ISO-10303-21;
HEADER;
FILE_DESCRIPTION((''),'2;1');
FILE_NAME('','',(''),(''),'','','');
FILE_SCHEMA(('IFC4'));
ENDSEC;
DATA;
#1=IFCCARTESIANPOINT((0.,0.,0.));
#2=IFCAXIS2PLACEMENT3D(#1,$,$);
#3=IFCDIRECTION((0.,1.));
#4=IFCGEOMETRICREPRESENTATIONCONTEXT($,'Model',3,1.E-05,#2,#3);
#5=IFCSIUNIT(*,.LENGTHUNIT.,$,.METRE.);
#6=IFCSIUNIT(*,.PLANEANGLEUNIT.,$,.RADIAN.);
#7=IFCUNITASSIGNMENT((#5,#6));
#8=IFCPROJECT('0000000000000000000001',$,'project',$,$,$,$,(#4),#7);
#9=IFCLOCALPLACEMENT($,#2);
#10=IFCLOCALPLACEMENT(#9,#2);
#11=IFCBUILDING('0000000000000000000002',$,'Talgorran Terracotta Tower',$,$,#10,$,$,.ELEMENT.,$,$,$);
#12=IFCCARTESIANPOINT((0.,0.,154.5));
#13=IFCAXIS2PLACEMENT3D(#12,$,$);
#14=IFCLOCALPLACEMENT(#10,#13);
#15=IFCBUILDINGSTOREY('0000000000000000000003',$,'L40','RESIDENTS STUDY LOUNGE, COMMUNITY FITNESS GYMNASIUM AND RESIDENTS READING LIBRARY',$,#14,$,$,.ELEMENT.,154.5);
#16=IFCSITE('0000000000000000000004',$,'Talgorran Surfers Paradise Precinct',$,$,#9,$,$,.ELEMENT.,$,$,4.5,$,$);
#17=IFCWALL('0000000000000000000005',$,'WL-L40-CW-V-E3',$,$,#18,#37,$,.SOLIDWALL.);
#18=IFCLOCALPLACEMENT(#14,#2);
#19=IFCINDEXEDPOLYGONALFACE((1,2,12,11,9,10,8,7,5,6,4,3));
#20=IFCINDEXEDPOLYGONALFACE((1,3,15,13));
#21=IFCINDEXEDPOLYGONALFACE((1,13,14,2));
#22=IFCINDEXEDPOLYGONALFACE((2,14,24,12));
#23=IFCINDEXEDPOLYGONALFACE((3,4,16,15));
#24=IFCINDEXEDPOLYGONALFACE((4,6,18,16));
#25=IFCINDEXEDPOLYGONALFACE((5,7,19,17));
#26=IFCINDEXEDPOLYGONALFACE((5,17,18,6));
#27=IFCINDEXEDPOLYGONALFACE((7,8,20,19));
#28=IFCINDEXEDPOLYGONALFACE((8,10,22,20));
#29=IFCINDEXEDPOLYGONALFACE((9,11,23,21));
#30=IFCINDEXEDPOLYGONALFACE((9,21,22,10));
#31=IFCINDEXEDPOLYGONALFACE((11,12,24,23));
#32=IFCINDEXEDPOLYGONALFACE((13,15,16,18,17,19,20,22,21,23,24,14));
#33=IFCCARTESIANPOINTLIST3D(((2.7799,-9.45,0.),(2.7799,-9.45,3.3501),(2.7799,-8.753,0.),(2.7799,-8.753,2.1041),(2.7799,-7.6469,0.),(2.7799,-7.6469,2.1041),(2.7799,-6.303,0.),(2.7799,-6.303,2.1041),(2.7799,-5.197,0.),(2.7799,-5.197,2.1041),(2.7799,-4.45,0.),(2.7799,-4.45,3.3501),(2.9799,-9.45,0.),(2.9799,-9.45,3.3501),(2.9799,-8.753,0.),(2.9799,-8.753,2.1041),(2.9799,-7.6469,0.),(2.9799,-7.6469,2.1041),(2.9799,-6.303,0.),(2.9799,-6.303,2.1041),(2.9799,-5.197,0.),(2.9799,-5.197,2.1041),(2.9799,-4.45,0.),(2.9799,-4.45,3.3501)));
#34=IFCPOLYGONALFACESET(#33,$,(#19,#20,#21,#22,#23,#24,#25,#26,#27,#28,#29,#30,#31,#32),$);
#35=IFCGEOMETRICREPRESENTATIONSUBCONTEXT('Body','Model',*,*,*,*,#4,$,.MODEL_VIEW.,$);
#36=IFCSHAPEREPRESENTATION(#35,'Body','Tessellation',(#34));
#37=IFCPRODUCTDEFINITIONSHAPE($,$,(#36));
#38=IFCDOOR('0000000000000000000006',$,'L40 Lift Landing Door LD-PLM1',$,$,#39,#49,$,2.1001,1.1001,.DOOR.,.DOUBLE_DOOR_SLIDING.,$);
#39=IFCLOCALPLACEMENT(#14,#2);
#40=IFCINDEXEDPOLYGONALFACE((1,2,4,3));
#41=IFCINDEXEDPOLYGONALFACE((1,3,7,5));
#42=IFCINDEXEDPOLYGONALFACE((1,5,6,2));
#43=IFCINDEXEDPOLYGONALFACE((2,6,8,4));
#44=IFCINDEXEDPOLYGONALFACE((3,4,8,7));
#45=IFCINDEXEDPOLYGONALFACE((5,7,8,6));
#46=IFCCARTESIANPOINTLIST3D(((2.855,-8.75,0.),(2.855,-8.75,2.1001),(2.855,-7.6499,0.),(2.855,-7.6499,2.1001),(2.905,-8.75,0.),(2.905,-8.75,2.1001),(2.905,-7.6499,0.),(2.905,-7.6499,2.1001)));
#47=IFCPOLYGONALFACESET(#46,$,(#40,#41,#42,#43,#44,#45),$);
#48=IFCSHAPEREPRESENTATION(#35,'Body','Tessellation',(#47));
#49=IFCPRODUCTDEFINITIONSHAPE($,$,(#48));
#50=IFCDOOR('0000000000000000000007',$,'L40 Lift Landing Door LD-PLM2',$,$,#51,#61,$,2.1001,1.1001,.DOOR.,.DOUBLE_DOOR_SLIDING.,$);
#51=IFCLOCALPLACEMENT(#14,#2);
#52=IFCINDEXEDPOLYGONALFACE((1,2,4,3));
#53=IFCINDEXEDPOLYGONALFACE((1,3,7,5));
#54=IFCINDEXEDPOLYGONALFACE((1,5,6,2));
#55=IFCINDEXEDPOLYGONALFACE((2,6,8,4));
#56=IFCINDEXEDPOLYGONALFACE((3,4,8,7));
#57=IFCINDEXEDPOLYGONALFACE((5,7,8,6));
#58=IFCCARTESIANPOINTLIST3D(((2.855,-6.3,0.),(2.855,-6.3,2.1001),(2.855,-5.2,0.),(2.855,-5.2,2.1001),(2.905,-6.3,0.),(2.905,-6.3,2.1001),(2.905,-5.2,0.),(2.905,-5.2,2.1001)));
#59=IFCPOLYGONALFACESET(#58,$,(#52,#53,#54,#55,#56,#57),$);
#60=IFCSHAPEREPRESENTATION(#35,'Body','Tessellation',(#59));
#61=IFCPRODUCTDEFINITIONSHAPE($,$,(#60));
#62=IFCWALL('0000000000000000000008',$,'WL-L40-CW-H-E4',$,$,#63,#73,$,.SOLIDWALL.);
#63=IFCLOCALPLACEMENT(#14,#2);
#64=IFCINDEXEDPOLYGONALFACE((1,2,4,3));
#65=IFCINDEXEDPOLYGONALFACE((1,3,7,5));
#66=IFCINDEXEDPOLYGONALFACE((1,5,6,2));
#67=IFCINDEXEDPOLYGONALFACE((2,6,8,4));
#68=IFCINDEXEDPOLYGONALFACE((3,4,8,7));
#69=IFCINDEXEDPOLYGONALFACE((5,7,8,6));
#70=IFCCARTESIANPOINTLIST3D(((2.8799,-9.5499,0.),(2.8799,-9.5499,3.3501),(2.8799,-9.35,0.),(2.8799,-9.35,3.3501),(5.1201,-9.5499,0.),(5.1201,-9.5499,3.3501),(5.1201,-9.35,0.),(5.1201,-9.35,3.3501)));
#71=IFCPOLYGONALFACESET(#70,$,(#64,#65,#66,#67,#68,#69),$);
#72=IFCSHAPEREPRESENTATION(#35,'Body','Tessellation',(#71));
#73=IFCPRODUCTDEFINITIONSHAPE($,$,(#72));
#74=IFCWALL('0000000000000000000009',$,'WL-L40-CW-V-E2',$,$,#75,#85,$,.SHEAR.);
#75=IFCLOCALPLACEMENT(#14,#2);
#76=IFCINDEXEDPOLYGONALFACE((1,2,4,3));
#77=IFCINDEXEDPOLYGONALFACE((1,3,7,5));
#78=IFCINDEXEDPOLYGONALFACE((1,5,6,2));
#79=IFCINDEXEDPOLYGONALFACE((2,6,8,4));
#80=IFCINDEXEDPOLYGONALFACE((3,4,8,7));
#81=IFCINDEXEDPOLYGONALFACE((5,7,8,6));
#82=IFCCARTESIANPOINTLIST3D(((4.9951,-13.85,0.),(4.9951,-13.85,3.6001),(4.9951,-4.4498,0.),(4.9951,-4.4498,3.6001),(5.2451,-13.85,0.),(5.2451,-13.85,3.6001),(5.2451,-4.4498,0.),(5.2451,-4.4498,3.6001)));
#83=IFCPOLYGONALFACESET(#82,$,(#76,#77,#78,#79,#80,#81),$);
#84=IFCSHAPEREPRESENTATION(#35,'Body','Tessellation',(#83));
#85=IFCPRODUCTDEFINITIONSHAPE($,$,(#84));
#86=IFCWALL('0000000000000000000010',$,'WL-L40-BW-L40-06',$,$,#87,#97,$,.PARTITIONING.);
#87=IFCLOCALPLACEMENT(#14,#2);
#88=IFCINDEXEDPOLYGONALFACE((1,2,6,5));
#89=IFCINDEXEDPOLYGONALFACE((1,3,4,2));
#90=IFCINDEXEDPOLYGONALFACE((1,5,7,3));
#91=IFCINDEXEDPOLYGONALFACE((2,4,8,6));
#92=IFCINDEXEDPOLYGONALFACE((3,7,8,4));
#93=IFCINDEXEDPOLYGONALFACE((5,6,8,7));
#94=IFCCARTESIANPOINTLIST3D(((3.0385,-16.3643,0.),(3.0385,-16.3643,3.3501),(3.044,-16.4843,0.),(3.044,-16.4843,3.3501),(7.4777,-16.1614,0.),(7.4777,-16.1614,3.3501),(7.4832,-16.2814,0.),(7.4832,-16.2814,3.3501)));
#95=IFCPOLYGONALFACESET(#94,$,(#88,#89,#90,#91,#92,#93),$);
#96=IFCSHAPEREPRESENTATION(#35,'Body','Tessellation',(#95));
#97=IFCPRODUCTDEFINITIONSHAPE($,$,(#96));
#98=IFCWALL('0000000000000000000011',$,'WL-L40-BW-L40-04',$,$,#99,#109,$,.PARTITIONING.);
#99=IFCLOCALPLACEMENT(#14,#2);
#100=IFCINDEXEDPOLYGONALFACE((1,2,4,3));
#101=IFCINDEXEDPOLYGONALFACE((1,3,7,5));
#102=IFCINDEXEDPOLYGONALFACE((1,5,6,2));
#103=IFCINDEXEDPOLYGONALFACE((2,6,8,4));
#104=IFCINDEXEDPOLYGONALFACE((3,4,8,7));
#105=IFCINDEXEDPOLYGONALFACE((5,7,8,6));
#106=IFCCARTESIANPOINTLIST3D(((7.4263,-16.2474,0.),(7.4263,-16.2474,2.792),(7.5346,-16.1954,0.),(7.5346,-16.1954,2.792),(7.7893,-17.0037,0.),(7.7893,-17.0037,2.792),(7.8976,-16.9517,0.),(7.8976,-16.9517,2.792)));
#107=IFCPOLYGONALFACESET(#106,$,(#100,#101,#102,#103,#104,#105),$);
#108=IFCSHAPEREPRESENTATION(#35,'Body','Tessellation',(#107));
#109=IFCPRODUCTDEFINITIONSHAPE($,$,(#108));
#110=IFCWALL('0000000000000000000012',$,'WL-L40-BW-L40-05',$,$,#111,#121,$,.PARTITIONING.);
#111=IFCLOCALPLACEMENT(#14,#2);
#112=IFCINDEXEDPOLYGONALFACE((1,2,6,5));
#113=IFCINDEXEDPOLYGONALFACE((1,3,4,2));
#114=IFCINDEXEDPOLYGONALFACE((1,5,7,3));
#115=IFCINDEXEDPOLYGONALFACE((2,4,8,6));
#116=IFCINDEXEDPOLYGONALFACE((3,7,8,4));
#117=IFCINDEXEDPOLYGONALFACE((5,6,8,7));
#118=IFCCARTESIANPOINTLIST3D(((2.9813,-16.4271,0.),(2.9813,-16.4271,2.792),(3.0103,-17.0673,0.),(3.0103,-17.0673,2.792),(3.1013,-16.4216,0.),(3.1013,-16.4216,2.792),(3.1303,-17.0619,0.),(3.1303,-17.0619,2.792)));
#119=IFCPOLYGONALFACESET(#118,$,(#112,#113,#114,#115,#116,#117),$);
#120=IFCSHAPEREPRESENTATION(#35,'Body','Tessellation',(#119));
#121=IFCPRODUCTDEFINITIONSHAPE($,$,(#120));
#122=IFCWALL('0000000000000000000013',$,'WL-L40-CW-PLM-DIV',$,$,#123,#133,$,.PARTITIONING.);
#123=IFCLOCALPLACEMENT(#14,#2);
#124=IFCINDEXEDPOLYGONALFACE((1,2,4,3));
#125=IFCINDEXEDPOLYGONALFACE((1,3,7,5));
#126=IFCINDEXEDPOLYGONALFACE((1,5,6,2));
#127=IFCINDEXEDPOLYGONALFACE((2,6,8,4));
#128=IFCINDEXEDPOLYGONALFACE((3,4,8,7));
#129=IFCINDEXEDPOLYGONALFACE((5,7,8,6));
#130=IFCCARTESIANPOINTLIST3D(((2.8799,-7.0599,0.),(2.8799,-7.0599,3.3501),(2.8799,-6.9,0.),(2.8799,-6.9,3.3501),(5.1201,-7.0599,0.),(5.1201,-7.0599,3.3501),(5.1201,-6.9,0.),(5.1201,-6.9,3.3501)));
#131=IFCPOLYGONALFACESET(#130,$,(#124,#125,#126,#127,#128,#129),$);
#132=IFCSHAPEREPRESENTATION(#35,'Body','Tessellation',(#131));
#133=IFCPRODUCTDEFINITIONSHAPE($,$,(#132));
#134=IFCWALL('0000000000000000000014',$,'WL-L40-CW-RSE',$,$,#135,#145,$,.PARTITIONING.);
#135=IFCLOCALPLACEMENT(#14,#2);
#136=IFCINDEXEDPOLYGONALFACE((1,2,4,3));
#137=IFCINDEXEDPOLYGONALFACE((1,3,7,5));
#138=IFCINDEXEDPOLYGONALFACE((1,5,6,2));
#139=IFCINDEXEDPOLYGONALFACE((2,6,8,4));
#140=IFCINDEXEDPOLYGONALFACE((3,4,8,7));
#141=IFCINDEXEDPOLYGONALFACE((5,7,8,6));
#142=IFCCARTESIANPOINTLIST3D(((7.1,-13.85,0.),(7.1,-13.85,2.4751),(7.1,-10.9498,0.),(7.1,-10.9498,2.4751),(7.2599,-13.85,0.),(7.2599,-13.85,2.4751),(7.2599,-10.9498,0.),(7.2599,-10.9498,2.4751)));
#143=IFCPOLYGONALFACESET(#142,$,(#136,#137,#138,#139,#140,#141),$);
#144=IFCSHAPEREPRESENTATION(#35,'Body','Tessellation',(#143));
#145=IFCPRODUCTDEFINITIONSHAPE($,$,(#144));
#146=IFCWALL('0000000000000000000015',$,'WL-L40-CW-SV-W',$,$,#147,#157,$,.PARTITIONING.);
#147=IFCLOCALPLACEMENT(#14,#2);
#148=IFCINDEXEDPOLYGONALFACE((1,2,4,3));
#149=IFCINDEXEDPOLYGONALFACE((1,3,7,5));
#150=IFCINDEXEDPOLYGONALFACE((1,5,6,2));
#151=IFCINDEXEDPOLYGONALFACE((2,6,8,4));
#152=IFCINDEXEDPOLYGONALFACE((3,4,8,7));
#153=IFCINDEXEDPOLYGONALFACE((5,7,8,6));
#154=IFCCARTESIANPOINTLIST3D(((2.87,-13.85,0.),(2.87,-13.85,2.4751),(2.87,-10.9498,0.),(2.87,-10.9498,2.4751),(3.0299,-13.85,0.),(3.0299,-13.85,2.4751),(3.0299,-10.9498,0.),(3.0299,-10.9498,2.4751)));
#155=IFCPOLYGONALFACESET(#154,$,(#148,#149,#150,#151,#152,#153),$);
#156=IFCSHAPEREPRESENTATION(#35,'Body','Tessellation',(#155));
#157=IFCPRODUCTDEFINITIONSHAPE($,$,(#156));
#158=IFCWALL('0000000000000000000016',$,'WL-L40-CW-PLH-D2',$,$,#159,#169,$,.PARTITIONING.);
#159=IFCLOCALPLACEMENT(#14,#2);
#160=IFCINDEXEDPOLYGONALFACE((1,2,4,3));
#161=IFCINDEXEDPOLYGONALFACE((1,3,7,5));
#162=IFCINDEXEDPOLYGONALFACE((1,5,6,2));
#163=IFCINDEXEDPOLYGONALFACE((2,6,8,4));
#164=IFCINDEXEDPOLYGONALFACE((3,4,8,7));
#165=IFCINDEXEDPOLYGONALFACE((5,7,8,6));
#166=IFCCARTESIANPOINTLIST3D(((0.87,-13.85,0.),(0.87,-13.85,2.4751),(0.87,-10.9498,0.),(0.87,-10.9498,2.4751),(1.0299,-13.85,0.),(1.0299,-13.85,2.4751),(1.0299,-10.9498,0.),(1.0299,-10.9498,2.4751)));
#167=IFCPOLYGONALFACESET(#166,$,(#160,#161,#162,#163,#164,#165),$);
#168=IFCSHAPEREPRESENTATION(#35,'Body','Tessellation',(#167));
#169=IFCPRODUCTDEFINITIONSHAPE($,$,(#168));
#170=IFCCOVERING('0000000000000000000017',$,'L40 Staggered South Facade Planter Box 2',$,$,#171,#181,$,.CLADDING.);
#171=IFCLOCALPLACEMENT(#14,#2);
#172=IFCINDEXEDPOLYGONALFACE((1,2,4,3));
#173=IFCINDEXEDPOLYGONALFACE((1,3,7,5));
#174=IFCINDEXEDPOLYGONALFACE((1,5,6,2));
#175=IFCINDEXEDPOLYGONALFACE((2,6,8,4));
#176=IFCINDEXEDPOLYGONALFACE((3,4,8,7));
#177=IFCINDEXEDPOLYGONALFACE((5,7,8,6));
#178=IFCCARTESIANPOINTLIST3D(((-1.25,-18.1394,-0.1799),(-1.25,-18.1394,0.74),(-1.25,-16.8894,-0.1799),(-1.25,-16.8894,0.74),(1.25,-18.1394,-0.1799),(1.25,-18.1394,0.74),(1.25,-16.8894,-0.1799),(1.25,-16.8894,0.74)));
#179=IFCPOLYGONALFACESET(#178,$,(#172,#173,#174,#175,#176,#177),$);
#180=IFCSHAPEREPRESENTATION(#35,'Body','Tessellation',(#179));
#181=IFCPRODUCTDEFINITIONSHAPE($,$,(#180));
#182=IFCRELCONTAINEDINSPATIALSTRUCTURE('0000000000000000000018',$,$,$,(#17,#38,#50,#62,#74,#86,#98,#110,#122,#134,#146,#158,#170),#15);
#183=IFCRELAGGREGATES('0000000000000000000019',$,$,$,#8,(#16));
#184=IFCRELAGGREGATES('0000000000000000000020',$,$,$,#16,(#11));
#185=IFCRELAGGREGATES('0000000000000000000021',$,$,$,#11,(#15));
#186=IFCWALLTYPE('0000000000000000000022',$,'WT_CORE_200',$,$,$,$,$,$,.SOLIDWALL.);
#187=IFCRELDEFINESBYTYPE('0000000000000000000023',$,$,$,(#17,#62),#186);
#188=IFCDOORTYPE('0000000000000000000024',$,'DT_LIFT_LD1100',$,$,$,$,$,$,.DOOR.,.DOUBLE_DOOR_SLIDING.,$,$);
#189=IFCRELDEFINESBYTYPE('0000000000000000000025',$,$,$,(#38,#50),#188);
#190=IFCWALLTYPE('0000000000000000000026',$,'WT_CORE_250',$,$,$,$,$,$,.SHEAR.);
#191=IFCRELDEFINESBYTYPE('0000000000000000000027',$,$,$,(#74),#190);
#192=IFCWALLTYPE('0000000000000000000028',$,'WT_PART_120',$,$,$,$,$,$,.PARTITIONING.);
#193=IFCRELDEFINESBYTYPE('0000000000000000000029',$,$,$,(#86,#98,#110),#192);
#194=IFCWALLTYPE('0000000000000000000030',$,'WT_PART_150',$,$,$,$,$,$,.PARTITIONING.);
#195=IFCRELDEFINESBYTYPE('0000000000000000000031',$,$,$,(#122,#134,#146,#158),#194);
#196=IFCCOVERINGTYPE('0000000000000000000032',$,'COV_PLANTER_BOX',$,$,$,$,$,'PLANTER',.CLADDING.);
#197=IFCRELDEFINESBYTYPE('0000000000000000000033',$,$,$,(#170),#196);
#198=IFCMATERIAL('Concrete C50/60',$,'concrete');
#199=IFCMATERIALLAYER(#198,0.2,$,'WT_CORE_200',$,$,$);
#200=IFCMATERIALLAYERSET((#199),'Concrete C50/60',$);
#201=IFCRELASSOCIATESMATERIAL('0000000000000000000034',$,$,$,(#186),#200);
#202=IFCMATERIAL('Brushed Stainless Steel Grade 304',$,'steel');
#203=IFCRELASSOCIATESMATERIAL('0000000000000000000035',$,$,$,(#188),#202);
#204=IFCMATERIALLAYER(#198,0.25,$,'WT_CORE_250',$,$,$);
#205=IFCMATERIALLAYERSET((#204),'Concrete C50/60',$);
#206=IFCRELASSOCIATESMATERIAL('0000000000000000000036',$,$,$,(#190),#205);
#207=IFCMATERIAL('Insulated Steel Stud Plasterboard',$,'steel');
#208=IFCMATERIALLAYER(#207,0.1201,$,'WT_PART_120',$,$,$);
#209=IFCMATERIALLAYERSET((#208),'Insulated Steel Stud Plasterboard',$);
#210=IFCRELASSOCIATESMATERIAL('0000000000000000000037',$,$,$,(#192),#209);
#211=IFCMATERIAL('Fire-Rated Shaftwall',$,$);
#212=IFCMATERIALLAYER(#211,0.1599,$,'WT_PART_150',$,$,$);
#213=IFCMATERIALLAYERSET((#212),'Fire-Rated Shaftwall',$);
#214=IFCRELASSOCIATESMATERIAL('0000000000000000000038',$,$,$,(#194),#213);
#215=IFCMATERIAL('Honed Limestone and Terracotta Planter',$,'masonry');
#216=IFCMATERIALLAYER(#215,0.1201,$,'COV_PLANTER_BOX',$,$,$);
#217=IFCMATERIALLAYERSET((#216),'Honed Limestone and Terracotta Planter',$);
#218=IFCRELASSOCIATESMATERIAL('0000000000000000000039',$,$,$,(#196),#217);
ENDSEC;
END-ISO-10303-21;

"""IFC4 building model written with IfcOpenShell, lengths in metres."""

from ifc_helpers import new_model, si_unit, direction, frame, frame_2d, origin, origin_2d, place, context, subcontext, project, spatial, rectangle, extrude, material, layer, layer_set, type_object, element, fill, save


model = new_model("IFC4")

# Units and contexts
model_context = context("Model", 3, precision=1e-05, world=origin(), true_north=direction((0.0, 1.0)))
body_context = subcontext(model_context, "Body", "Model", "MODEL_VIEW")
ifc_project = project(units=[si_unit("LENGTHUNIT", "METRE"), si_unit("PLANEANGLEUNIT", "RADIAN")], contexts=[model_context])

# Site, building, storey
site_placement = place(None, origin())
site = spatial("IfcSite", under=ifc_project, at=site_placement, Name="Talgorran Surfers Paradise Precinct", CompositionType="ELEMENT", RefElevation=4.5)
building_placement = place(site_placement, origin())
building = spatial("IfcBuilding", under=site, at=building_placement, Name="Talgorran Terracotta Tower", CompositionType="ELEMENT")
storey_placement = place(building_placement, frame((0.0, 0.0, 154.5)))
storey = spatial("IfcBuildingStorey", under=building, at=storey_placement, Name="L40", Description="RESIDENTS STUDY LOUNGE, COMMUNITY FITNESS GYMNASIUM AND RESIDENTS READING LIBRARY", CompositionType="ELEMENT", Elevation=154.5)

# Shared definitions
ifc_material_1 = material(Name="Concrete C50/60", Category="concrete")

# Wall, openings, doors
ifc_layer_1 = layer(ifc_material_1, 0.2, Name="WT_CORE_200")
ifc_layer_set_1 = layer_set([ifc_layer_1], Name="Concrete C50/60")
wall_type_1 = type_object("IfcWallType", Name="WT_CORE_200", PredefinedType="SOLIDWALL", material=ifc_layer_set_1)
ifc_material_2 = material(Name="Brushed Stainless Steel Grade 304", Category="steel")
door_type_1 = type_object("IfcDoorType", Name="DT_LIFT_LD1100", OperationType="DOUBLE_DOOR_SLIDING", PredefinedType="DOOR", material=ifc_material_2)
wall_1_placement = place(storey_placement, frame((2.8799, -9.45, 0.0), z_axis=(0.0, 0.0, 1.0), x_axis=(0.0, 1.0, 0.0)))
wall_1 = element("IfcWall", 1, at=wall_1_placement, inside=storey, type_object=wall_type_1, Name="WL-L40-CW-V-E3", PredefinedType="SOLIDWALL", context=body_context, shape_type="SweptSolid", body=[
    extrude(rectangle(XDim=5.0, YDim=0.2, at=frame_2d((2.5, 0.0))), origin(), (0.0, 0.0, 1.0), 3.3501),
])
opening_1_placement = place(wall_1_placement, frame((0.7, 0.0, 0.0)))
opening_1 = element("IfcOpeningElement", 2, at=opening_1_placement, cuts=wall_1, PredefinedType="OPENING", context=body_context, shape_type="SweptSolid", body=[
    extrude(rectangle(XDim=1.1061, YDim=2.1041, at=frame_2d((0.55, 1.052))), frame((0.0, 0.1099, 0.0), z_axis=(0.0, -1.0, 0.0), x_axis=(1.0, 0.0, 0.0)), (0.0, 0.0, 1.0), 0.22),
])
opening_2_placement = place(wall_1_placement, frame((3.1499, 0.0, 0.0)))
opening_2 = element("IfcOpeningElement", 3, at=opening_2_placement, cuts=wall_1, PredefinedType="OPENING", context=body_context, shape_type="SweptSolid", body=[
    extrude(rectangle(XDim=1.1061, YDim=2.1041, at=frame_2d((0.55, 1.052))), frame((0.0, 0.1099, 0.0), z_axis=(0.0, -1.0, 0.0), x_axis=(1.0, 0.0, 0.0)), (0.0, 0.0, 1.0), 0.22),
])
door_1_placement = place(opening_1_placement, origin())
door_1 = element("IfcDoor", 4, at=door_1_placement, inside=storey, type_object=door_type_1, Name="L40 Lift Landing Door LD-PLM1", OperationType="DOUBLE_DOOR_SLIDING", OverallHeight=2.1001, OverallWidth=1.1001, PredefinedType="DOOR", context=body_context, shape_type="SweptSolid", body=[
    extrude(rectangle(XDim=1.1001, YDim=2.1001, at=frame_2d((0.55, 1.05))), frame((0.0, 0.0249, 0.0), z_axis=(0.0, -1.0, 0.0), x_axis=(1.0, 0.0, 0.0)), (0.0, 0.0, 1.0), 0.05),
])
fill(opening_1, door_1)
door_2_placement = place(opening_2_placement, origin())
door_2 = element("IfcDoor", 5, at=door_2_placement, inside=storey, type_object=door_type_1, Name="L40 Lift Landing Door LD-PLM2", OperationType="DOUBLE_DOOR_SLIDING", OverallHeight=2.1001, OverallWidth=1.1001, PredefinedType="DOOR", context=body_context, shape_type="SweptSolid", body=[
    extrude(rectangle(XDim=1.1001, YDim=2.1001, at=frame_2d((0.55, 1.05))), frame((0.0, 0.0249, 0.0), z_axis=(0.0, -1.0, 0.0), x_axis=(1.0, 0.0, 0.0)), (0.0, 0.0, 1.0), 0.05),
])
fill(opening_2, door_2)

# Walls
wall_2_placement = place(storey_placement, frame((2.8799, -9.45, 0.0), z_axis=(0.0, 0.0, 1.0), x_axis=(1.0, 0.0, 0.0)))
element("IfcWall", 6, at=wall_2_placement, inside=storey, type_object=wall_type_1, Name="WL-L40-CW-H-E4", PredefinedType="SOLIDWALL", context=body_context, shape_type="SweptSolid", body=[
    extrude(rectangle(XDim=2.2402, YDim=0.2, at=frame_2d((1.1201, 0.0))), origin(), (0.0, 0.0, 1.0), 3.3501),
])
ifc_layer_2 = layer(ifc_material_1, 0.25, Name="WT_CORE_250")
ifc_layer_set_2 = layer_set([ifc_layer_2], Name="Concrete C50/60")
wall_type_2 = type_object("IfcWallType", Name="WT_CORE_250", PredefinedType="SHEAR", material=ifc_layer_set_2)
wall_3_placement = place(storey_placement, frame((5.1201, -13.8501, 0.0), z_axis=(0.0, 0.0, 1.0), x_axis=(0.0, 1.0, 0.0)))
element("IfcWall", 7, at=wall_3_placement, inside=storey, type_object=wall_type_2, Name="WL-L40-CW-V-E2", PredefinedType="SHEAR", context=body_context, shape_type="SweptSolid", body=[
    extrude(rectangle(XDim=9.4001, YDim=0.25, at=frame_2d((4.7002, 0.0))), origin(), (0.0, 0.0, 1.0), 3.6001),
])
ifc_material_3 = material(Name="Insulated Steel Stud Plasterboard", Category="steel")
ifc_layer_3 = layer(ifc_material_3, 0.1201, Name="WT_PART_120")
ifc_layer_set_3 = layer_set([ifc_layer_3], Name="Insulated Steel Stud Plasterboard")
wall_type_3 = type_object("IfcWallType", Name="WT_PART_120", PredefinedType="PARTITIONING", material=ifc_layer_set_3)
wall_4_placement = place(storey_placement, frame((3.0413, -16.4243, 0.0), z_axis=(0.0, 0.0, 1.0), x_axis=(0.998957, 0.045654, 0.0)))
element("IfcWall", 8, at=wall_4_placement, inside=storey, type_object=wall_type_3, Name="WL-L40-BW-L40-06", PredefinedType="PARTITIONING", context=body_context, shape_type="SweptSolid", body=[
    extrude(rectangle(XDim=4.4438, YDim=0.1201, at=frame_2d((2.2219, 0.0))), origin(), (0.0, 0.0, 1.0), 3.3501),
])
wall_5_placement = place(storey_placement, frame((7.4805, -16.2214, 0.0), z_axis=(0.0, 0.0, 1.0), x_axis=(0.432722, -0.901528, 0.0)))
element("IfcWall", 9, at=wall_5_placement, inside=storey, type_object=wall_type_3, Name="WL-L40-BW-L40-04", PredefinedType="PARTITIONING", context=body_context, shape_type="SweptSolid", body=[
    extrude(rectangle(XDim=0.8389, YDim=0.1201, at=frame_2d((0.4194, 0.0))), origin(), (0.0, 0.0, 1.0), 2.792),
])
wall_6_placement = place(storey_placement, frame((3.0703, -17.0645, 0.0), z_axis=(0.0, 0.0, 1.0), x_axis=(-0.045339, 0.998972, 0.0)))
element("IfcWall", 10, at=wall_6_placement, inside=storey, type_object=wall_type_3, Name="WL-L40-BW-L40-05", PredefinedType="PARTITIONING", context=body_context, shape_type="SweptSolid", body=[
    extrude(rectangle(XDim=0.6409, YDim=0.1201, at=frame_2d((0.3203, 0.0))), origin(), (0.0, 0.0, 1.0), 2.792),
])
ifc_material_4 = material(Name="Fire-Rated Shaftwall")
ifc_layer_4 = layer(ifc_material_4, 0.1599, Name="WT_PART_150")
ifc_layer_set_4 = layer_set([ifc_layer_4], Name="Fire-Rated Shaftwall")
wall_type_4 = type_object("IfcWallType", Name="WT_PART_150", PredefinedType="PARTITIONING", material=ifc_layer_set_4)
wall_7_placement = place(storey_placement, frame((2.8799, -6.98, 0.0), z_axis=(0.0, 0.0, 1.0), x_axis=(1.0, 0.0, 0.0)))
element("IfcWall", 11, at=wall_7_placement, inside=storey, type_object=wall_type_4, Name="WL-L40-CW-PLM-DIV", PredefinedType="PARTITIONING", context=body_context, shape_type="SweptSolid", body=[
    extrude(rectangle(XDim=2.2402, YDim=0.1599, at=frame_2d((1.1201, 0.0))), origin(), (0.0, 0.0, 1.0), 3.3501),
])
for number, where, z_axis, x_axis, name in (
    (12, (7.1799, -13.8501, 0.0), (0.0, 0.0, 1.0), (0.0, 1.0, 0.0), "WL-L40-CW-RSE"),
    (13, (2.95, -13.8501, 0.0), (0.0, 0.0, 1.0), (0.0, 1.0, 0.0), "WL-L40-CW-SV-W"),
    (14, (0.95, -13.8501, 0.0), (0.0, 0.0, 1.0), (0.0, 1.0, 0.0), "WL-L40-CW-PLH-D2"),
):
    element("IfcWall", number, at=place(storey_placement, frame(where, z_axis=z_axis, x_axis=x_axis)), inside=storey, type_object=wall_type_4, Name=name, PredefinedType="PARTITIONING", context=body_context, shape_type="SweptSolid", body=[
        extrude(rectangle(XDim=2.9001, YDim=0.1599, at=frame_2d((1.4502, 0.0))), origin(), (0.0, 0.0, 1.0), 2.4751),
    ])

# Covering
ifc_material_5 = material(Name="Honed Limestone and Terracotta Planter", Category="masonry")
ifc_layer_5 = layer(ifc_material_5, 0.1201, Name="COV_PLANTER_BOX")
ifc_layer_set_5 = layer_set([ifc_layer_5], Name="Honed Limestone and Terracotta Planter")
covering_type_1 = type_object("IfcCoveringType", Name="COV_PLANTER_BOX", ElementType="PLANTER", PredefinedType="CLADDING", material=ifc_layer_set_5)
covering_1_placement = place(storey_placement, frame((0.0, -17.5144, -0.1799), z_axis=(0.0, 0.0, 1.0), x_axis=(1.0, 0.0, 0.0)))
element("IfcCovering", 15, at=covering_1_placement, inside=storey, type_object=covering_type_1, Name="L40 Staggered South Facade Planter Box 2", PredefinedType="CLADDING", context=body_context, shape_type="SweptSolid", body=[
    extrude(rectangle(XDim=2.5, YDim=1.25, at=origin_2d()), origin(), (0.0, 0.0, 1.0), 0.9199),
])

save(model, "model.ifc")
